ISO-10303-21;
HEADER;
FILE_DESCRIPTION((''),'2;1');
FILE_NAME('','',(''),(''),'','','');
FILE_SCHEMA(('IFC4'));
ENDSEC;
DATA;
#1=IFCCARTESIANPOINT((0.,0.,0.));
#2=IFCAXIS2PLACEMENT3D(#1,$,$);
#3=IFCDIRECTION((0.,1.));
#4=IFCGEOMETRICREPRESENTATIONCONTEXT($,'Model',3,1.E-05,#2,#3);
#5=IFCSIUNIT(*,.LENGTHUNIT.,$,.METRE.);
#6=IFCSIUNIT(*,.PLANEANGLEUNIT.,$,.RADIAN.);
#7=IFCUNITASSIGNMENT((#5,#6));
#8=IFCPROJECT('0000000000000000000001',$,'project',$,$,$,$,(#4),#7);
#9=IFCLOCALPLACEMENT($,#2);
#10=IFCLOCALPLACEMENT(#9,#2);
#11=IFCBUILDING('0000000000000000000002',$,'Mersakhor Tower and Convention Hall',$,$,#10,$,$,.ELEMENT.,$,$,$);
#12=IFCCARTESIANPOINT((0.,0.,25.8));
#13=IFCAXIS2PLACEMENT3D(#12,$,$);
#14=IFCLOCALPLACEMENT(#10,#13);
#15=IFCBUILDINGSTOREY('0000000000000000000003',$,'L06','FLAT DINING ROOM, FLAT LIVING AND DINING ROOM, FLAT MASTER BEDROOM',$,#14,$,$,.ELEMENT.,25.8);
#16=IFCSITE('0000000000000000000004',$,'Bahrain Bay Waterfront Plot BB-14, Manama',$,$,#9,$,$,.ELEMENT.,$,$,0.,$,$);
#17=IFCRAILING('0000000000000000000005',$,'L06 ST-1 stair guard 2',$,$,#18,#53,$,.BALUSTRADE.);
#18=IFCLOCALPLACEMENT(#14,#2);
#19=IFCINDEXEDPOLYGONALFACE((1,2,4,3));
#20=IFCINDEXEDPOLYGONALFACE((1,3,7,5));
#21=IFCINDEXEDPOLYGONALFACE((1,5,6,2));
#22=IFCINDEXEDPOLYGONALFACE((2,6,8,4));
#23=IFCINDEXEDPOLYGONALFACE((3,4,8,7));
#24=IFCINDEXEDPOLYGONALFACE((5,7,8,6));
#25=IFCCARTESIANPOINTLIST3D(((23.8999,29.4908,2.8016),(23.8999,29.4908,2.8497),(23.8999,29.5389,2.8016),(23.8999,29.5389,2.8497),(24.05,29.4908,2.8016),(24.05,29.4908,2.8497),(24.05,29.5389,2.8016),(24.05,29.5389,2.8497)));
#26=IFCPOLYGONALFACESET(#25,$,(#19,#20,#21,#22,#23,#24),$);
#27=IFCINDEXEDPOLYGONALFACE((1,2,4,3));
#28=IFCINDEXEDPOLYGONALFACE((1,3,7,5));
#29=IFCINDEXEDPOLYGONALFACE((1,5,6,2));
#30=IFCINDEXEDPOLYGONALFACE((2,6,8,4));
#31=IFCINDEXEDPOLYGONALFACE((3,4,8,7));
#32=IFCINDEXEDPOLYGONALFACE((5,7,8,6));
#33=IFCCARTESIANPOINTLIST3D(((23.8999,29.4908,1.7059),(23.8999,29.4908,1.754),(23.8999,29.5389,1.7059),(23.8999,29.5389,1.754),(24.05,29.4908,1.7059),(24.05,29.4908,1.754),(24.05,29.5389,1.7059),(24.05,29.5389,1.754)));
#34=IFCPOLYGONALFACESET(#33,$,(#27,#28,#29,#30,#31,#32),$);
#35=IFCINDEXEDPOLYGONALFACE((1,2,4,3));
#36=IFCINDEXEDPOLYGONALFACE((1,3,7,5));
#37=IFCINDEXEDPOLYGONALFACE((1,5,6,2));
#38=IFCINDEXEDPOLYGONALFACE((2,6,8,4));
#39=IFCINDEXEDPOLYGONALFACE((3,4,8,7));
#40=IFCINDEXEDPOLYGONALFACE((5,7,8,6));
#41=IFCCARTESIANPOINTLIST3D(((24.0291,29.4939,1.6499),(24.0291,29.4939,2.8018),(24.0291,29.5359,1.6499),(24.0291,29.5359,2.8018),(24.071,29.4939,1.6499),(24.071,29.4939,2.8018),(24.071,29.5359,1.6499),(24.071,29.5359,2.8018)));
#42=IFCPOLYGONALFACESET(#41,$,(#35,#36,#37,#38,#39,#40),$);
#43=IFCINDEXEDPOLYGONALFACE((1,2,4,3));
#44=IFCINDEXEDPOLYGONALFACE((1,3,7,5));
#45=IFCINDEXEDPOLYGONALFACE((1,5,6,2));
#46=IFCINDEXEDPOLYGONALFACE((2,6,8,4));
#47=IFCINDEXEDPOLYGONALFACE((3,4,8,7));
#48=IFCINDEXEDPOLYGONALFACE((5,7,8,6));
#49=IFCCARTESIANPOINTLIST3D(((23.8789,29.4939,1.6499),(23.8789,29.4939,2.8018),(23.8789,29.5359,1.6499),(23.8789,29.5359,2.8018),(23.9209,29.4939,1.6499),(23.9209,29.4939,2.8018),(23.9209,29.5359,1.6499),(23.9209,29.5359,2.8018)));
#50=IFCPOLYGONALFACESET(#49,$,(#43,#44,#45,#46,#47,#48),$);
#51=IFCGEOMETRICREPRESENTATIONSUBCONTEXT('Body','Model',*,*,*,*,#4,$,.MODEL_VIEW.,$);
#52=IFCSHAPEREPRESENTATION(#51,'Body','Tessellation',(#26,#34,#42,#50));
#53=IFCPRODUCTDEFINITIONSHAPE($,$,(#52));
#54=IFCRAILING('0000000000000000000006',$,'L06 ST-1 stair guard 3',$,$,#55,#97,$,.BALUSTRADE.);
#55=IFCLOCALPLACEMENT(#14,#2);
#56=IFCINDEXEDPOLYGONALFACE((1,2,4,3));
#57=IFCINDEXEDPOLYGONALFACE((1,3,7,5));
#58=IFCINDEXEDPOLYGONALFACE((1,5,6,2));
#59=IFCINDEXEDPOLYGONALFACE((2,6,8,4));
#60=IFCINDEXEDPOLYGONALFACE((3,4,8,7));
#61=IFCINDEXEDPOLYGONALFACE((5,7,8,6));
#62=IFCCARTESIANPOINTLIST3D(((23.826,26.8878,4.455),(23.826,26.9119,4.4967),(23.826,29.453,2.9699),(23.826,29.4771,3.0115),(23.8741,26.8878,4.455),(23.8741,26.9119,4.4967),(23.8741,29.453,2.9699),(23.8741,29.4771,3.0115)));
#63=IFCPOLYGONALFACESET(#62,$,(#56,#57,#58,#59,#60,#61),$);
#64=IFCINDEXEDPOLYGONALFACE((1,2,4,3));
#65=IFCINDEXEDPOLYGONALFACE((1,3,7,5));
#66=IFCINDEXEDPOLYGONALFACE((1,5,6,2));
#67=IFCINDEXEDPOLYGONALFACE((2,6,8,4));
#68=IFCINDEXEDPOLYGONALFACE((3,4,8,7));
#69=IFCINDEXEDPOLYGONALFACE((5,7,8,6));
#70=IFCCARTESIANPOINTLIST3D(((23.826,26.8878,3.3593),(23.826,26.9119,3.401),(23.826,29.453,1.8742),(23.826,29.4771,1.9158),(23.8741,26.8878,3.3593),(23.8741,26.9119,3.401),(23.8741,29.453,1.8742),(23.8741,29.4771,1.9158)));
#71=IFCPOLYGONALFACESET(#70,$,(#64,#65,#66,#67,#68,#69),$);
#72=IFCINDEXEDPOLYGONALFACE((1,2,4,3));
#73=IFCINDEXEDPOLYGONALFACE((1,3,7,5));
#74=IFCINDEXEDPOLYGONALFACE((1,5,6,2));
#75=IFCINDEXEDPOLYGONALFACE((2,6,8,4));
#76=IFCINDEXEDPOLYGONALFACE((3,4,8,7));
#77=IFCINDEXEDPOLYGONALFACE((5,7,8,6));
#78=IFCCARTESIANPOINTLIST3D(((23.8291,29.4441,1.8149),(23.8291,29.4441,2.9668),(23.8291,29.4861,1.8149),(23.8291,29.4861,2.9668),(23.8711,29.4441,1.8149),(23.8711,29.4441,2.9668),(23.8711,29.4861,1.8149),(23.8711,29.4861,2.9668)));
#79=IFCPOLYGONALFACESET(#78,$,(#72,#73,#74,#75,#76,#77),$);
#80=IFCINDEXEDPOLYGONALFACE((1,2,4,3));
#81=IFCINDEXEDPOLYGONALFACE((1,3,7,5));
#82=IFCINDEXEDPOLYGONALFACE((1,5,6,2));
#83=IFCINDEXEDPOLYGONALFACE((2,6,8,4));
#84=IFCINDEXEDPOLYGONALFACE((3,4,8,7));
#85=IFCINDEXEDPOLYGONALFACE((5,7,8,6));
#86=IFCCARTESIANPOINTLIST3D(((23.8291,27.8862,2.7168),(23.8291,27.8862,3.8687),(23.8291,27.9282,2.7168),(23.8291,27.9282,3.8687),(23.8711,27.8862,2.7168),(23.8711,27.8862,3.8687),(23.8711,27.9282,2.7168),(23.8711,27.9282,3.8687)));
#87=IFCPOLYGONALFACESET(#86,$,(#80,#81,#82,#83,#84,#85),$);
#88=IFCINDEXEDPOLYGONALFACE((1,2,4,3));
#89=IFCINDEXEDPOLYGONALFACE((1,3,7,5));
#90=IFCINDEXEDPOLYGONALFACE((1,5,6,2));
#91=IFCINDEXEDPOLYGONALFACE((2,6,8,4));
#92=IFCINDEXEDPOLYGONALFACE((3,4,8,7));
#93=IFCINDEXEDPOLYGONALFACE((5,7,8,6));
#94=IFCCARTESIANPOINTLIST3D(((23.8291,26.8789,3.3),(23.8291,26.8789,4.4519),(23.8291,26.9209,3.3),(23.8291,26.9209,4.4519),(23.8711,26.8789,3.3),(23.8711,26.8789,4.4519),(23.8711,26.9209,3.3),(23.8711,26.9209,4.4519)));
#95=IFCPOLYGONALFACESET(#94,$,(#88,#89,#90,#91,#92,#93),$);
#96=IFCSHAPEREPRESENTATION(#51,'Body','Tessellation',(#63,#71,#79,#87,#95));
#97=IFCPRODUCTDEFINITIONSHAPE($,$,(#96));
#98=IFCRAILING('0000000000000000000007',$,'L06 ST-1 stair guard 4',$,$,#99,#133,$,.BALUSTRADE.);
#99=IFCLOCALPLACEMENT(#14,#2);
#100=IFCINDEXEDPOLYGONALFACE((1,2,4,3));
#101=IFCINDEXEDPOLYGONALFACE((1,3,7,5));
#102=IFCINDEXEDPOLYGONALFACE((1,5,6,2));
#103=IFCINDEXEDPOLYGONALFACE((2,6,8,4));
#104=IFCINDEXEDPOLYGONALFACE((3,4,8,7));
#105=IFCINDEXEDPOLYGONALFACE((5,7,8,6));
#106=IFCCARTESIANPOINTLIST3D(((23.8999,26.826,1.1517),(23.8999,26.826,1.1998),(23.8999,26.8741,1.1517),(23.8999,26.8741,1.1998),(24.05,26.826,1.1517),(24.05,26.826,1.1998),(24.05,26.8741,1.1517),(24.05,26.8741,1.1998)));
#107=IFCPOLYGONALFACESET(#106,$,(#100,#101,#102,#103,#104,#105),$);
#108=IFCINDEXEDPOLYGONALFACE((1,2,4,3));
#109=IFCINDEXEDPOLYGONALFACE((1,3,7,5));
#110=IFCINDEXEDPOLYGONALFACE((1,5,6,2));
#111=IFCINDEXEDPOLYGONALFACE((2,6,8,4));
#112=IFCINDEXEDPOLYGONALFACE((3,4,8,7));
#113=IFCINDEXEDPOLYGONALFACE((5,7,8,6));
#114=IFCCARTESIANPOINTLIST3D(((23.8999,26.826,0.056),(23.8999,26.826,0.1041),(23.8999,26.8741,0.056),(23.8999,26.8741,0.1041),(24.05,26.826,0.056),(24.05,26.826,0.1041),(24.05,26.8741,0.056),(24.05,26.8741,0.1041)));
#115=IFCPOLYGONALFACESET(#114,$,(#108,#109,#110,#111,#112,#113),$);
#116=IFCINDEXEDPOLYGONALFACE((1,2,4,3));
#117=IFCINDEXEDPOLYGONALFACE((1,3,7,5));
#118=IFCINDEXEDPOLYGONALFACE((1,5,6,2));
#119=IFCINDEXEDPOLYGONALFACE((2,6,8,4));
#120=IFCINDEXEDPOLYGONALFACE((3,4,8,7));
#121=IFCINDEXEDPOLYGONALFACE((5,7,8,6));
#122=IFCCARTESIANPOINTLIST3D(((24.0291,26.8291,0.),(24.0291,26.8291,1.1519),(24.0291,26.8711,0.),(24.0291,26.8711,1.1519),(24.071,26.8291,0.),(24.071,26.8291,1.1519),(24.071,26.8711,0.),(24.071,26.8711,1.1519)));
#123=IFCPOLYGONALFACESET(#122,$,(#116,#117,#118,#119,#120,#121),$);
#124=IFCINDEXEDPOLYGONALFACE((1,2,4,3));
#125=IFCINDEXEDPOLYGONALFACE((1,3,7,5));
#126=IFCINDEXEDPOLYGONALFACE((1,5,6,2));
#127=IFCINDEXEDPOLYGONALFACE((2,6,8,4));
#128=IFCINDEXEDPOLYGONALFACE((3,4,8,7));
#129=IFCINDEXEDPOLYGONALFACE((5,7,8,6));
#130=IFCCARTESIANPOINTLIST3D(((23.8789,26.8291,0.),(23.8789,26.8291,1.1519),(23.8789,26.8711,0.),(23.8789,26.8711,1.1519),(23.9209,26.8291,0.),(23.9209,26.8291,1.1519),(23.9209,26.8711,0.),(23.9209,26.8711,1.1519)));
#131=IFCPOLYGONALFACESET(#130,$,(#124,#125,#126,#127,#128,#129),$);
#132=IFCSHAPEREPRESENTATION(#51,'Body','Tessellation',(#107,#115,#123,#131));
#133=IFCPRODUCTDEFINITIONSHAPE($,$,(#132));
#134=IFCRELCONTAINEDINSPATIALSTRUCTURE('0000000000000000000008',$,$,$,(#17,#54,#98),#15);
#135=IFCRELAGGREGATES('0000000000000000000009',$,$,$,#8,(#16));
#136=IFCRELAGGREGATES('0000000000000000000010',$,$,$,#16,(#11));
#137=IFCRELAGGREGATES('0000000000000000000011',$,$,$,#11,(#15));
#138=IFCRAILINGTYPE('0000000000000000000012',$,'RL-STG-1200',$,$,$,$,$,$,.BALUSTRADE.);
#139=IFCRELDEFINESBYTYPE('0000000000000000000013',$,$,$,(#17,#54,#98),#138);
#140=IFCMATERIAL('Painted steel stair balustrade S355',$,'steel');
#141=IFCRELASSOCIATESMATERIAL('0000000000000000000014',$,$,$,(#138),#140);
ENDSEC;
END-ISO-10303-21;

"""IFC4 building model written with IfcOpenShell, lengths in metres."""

from ifc_helpers import new_model, si_unit, direction, frame, origin, origin_2d, place, context, subcontext, project, spatial, rectangle, extrude, material, type_object, element, save


model = new_model("IFC4")

# Units and contexts
model_context = context("Model", 3, precision=1e-05, world=origin(), true_north=direction((0.0, 1.0)))
body_context = subcontext(model_context, "Body", "Model", "MODEL_VIEW")
ifc_project = project(units=[si_unit("LENGTHUNIT", "METRE"), si_unit("PLANEANGLEUNIT", "RADIAN")], contexts=[model_context])

# Site, building, storey
site_placement = place(None, origin())
site = spatial("IfcSite", under=ifc_project, at=site_placement, Name="Bahrain Bay Waterfront Plot BB-14, Manama", CompositionType="ELEMENT", RefElevation=0.0)
building_placement = place(site_placement, origin())
building = spatial("IfcBuilding", under=site, at=building_placement, Name="Mersakhor Tower and Convention Hall", CompositionType="ELEMENT")
storey_placement = place(building_placement, frame((0.0, 0.0, 25.8)))
storey = spatial("IfcBuildingStorey", under=building, at=storey_placement, Name="L06", Description="FLAT DINING ROOM, FLAT LIVING AND DINING ROOM, FLAT MASTER BEDROOM", CompositionType="ELEMENT", Elevation=25.8)

# Railings
ifc_material_1 = material(Name="Painted steel stair balustrade S355", Category="steel")
railing_type_1 = type_object("IfcRailingType", Name="RL-STG-1200", PredefinedType="BALUSTRADE", material=ifc_material_1)
railing_1_placement = place(storey_placement, frame((24.05, 29.5149, 1.6499)))
element("IfcRailing", 1, at=railing_1_placement, inside=storey, type_object=railing_type_1, Name="L06 ST-1 stair guard 2", PredefinedType="BALUSTRADE", context=body_context, shape_type="SweptSolid", body=[
    extrude(rectangle(XDim=0.0481, YDim=0.0481, at=origin_2d()), frame((0.0, 0.0, 1.1758), z_axis=(-1.0, 0.0, 0.0), x_axis=(0.0, -1.0, 0.0)), (0.0, 0.0, 1.0), 0.1501),
    extrude(rectangle(XDim=0.0481, YDim=0.0481, at=origin_2d()), frame((0.0, 0.0, 0.0801), z_axis=(-1.0, 0.0, 0.0), x_axis=(0.0, -1.0, 0.0)), (0.0, 0.0, 1.0), 0.1501),
    extrude(rectangle(XDim=0.042, YDim=0.042, at=origin_2d()), origin(), (0.0, 0.0, 1.0), 1.1519),
    extrude(rectangle(XDim=0.042, YDim=0.042, at=origin_2d()), frame((-0.1501, 0.0, 0.0)), (0.0, 0.0, 1.0), 1.1519),
])
railing_2_placement = place(storey_placement, frame((23.8501, 29.4651, 1.8149)))
element("IfcRailing", 2, at=railing_2_placement, inside=storey, type_object=railing_type_1, Name="L06 ST-1 stair guard 3", PredefinedType="BALUSTRADE", context=body_context, shape_type="SweptSolid", body=[
    extrude(rectangle(XDim=0.0481, YDim=0.0481, at=origin_2d()), frame((0.0, 0.0, 1.1758), z_axis=(0.0, -0.865426, 0.501036), x_axis=(1.0, 0.0, 0.0)), (0.0, 0.0, 1.0), 2.9641),
    extrude(rectangle(XDim=0.0481, YDim=0.0481, at=origin_2d()), frame((0.0, 0.0, 0.0801), z_axis=(0.0, -0.865426, 0.501036), x_axis=(1.0, 0.0, 0.0)), (0.0, 0.0, 1.0), 2.9641),
    extrude(rectangle(XDim=0.042, YDim=0.042, at=origin_2d()), origin(), (0.0, 0.0, 1.0), 1.1519),
    extrude(rectangle(XDim=0.042, YDim=0.042, at=origin_2d()), frame((0.0, -1.5579, 0.9019)), (0.0, 0.0, 1.0), 1.1519),
    extrude(rectangle(XDim=0.042, YDim=0.042, at=origin_2d()), frame((0.0, -2.5652, 1.4851)), (0.0, 0.0, 1.0), 1.1519),
])
railing_3_placement = place(storey_placement, frame((24.05, 26.8501, 0.0)))
element("IfcRailing", 3, at=railing_3_placement, inside=storey, type_object=railing_type_1, Name="L06 ST-1 stair guard 4", PredefinedType="BALUSTRADE", context=body_context, shape_type="SweptSolid", body=[
    extrude(rectangle(XDim=0.0481, YDim=0.0481, at=origin_2d()), frame((0.0, 0.0, 1.1758), z_axis=(-1.0, 0.0, 0.0), x_axis=(0.0, -1.0, 0.0)), (0.0, 0.0, 1.0), 0.1501),
    extrude(rectangle(XDim=0.0481, YDim=0.0481, at=origin_2d()), frame((0.0, 0.0, 0.0801), z_axis=(-1.0, 0.0, 0.0), x_axis=(0.0, -1.0, 0.0)), (0.0, 0.0, 1.0), 0.1501),
    extrude(rectangle(XDim=0.042, YDim=0.042, at=origin_2d()), origin(), (0.0, 0.0, 1.0), 1.1519),
    extrude(rectangle(XDim=0.042, YDim=0.042, at=origin_2d()), frame((-0.1501, 0.0, 0.0)), (0.0, 0.0, 1.0), 1.1519),
])

save(model, "model.ifc")
